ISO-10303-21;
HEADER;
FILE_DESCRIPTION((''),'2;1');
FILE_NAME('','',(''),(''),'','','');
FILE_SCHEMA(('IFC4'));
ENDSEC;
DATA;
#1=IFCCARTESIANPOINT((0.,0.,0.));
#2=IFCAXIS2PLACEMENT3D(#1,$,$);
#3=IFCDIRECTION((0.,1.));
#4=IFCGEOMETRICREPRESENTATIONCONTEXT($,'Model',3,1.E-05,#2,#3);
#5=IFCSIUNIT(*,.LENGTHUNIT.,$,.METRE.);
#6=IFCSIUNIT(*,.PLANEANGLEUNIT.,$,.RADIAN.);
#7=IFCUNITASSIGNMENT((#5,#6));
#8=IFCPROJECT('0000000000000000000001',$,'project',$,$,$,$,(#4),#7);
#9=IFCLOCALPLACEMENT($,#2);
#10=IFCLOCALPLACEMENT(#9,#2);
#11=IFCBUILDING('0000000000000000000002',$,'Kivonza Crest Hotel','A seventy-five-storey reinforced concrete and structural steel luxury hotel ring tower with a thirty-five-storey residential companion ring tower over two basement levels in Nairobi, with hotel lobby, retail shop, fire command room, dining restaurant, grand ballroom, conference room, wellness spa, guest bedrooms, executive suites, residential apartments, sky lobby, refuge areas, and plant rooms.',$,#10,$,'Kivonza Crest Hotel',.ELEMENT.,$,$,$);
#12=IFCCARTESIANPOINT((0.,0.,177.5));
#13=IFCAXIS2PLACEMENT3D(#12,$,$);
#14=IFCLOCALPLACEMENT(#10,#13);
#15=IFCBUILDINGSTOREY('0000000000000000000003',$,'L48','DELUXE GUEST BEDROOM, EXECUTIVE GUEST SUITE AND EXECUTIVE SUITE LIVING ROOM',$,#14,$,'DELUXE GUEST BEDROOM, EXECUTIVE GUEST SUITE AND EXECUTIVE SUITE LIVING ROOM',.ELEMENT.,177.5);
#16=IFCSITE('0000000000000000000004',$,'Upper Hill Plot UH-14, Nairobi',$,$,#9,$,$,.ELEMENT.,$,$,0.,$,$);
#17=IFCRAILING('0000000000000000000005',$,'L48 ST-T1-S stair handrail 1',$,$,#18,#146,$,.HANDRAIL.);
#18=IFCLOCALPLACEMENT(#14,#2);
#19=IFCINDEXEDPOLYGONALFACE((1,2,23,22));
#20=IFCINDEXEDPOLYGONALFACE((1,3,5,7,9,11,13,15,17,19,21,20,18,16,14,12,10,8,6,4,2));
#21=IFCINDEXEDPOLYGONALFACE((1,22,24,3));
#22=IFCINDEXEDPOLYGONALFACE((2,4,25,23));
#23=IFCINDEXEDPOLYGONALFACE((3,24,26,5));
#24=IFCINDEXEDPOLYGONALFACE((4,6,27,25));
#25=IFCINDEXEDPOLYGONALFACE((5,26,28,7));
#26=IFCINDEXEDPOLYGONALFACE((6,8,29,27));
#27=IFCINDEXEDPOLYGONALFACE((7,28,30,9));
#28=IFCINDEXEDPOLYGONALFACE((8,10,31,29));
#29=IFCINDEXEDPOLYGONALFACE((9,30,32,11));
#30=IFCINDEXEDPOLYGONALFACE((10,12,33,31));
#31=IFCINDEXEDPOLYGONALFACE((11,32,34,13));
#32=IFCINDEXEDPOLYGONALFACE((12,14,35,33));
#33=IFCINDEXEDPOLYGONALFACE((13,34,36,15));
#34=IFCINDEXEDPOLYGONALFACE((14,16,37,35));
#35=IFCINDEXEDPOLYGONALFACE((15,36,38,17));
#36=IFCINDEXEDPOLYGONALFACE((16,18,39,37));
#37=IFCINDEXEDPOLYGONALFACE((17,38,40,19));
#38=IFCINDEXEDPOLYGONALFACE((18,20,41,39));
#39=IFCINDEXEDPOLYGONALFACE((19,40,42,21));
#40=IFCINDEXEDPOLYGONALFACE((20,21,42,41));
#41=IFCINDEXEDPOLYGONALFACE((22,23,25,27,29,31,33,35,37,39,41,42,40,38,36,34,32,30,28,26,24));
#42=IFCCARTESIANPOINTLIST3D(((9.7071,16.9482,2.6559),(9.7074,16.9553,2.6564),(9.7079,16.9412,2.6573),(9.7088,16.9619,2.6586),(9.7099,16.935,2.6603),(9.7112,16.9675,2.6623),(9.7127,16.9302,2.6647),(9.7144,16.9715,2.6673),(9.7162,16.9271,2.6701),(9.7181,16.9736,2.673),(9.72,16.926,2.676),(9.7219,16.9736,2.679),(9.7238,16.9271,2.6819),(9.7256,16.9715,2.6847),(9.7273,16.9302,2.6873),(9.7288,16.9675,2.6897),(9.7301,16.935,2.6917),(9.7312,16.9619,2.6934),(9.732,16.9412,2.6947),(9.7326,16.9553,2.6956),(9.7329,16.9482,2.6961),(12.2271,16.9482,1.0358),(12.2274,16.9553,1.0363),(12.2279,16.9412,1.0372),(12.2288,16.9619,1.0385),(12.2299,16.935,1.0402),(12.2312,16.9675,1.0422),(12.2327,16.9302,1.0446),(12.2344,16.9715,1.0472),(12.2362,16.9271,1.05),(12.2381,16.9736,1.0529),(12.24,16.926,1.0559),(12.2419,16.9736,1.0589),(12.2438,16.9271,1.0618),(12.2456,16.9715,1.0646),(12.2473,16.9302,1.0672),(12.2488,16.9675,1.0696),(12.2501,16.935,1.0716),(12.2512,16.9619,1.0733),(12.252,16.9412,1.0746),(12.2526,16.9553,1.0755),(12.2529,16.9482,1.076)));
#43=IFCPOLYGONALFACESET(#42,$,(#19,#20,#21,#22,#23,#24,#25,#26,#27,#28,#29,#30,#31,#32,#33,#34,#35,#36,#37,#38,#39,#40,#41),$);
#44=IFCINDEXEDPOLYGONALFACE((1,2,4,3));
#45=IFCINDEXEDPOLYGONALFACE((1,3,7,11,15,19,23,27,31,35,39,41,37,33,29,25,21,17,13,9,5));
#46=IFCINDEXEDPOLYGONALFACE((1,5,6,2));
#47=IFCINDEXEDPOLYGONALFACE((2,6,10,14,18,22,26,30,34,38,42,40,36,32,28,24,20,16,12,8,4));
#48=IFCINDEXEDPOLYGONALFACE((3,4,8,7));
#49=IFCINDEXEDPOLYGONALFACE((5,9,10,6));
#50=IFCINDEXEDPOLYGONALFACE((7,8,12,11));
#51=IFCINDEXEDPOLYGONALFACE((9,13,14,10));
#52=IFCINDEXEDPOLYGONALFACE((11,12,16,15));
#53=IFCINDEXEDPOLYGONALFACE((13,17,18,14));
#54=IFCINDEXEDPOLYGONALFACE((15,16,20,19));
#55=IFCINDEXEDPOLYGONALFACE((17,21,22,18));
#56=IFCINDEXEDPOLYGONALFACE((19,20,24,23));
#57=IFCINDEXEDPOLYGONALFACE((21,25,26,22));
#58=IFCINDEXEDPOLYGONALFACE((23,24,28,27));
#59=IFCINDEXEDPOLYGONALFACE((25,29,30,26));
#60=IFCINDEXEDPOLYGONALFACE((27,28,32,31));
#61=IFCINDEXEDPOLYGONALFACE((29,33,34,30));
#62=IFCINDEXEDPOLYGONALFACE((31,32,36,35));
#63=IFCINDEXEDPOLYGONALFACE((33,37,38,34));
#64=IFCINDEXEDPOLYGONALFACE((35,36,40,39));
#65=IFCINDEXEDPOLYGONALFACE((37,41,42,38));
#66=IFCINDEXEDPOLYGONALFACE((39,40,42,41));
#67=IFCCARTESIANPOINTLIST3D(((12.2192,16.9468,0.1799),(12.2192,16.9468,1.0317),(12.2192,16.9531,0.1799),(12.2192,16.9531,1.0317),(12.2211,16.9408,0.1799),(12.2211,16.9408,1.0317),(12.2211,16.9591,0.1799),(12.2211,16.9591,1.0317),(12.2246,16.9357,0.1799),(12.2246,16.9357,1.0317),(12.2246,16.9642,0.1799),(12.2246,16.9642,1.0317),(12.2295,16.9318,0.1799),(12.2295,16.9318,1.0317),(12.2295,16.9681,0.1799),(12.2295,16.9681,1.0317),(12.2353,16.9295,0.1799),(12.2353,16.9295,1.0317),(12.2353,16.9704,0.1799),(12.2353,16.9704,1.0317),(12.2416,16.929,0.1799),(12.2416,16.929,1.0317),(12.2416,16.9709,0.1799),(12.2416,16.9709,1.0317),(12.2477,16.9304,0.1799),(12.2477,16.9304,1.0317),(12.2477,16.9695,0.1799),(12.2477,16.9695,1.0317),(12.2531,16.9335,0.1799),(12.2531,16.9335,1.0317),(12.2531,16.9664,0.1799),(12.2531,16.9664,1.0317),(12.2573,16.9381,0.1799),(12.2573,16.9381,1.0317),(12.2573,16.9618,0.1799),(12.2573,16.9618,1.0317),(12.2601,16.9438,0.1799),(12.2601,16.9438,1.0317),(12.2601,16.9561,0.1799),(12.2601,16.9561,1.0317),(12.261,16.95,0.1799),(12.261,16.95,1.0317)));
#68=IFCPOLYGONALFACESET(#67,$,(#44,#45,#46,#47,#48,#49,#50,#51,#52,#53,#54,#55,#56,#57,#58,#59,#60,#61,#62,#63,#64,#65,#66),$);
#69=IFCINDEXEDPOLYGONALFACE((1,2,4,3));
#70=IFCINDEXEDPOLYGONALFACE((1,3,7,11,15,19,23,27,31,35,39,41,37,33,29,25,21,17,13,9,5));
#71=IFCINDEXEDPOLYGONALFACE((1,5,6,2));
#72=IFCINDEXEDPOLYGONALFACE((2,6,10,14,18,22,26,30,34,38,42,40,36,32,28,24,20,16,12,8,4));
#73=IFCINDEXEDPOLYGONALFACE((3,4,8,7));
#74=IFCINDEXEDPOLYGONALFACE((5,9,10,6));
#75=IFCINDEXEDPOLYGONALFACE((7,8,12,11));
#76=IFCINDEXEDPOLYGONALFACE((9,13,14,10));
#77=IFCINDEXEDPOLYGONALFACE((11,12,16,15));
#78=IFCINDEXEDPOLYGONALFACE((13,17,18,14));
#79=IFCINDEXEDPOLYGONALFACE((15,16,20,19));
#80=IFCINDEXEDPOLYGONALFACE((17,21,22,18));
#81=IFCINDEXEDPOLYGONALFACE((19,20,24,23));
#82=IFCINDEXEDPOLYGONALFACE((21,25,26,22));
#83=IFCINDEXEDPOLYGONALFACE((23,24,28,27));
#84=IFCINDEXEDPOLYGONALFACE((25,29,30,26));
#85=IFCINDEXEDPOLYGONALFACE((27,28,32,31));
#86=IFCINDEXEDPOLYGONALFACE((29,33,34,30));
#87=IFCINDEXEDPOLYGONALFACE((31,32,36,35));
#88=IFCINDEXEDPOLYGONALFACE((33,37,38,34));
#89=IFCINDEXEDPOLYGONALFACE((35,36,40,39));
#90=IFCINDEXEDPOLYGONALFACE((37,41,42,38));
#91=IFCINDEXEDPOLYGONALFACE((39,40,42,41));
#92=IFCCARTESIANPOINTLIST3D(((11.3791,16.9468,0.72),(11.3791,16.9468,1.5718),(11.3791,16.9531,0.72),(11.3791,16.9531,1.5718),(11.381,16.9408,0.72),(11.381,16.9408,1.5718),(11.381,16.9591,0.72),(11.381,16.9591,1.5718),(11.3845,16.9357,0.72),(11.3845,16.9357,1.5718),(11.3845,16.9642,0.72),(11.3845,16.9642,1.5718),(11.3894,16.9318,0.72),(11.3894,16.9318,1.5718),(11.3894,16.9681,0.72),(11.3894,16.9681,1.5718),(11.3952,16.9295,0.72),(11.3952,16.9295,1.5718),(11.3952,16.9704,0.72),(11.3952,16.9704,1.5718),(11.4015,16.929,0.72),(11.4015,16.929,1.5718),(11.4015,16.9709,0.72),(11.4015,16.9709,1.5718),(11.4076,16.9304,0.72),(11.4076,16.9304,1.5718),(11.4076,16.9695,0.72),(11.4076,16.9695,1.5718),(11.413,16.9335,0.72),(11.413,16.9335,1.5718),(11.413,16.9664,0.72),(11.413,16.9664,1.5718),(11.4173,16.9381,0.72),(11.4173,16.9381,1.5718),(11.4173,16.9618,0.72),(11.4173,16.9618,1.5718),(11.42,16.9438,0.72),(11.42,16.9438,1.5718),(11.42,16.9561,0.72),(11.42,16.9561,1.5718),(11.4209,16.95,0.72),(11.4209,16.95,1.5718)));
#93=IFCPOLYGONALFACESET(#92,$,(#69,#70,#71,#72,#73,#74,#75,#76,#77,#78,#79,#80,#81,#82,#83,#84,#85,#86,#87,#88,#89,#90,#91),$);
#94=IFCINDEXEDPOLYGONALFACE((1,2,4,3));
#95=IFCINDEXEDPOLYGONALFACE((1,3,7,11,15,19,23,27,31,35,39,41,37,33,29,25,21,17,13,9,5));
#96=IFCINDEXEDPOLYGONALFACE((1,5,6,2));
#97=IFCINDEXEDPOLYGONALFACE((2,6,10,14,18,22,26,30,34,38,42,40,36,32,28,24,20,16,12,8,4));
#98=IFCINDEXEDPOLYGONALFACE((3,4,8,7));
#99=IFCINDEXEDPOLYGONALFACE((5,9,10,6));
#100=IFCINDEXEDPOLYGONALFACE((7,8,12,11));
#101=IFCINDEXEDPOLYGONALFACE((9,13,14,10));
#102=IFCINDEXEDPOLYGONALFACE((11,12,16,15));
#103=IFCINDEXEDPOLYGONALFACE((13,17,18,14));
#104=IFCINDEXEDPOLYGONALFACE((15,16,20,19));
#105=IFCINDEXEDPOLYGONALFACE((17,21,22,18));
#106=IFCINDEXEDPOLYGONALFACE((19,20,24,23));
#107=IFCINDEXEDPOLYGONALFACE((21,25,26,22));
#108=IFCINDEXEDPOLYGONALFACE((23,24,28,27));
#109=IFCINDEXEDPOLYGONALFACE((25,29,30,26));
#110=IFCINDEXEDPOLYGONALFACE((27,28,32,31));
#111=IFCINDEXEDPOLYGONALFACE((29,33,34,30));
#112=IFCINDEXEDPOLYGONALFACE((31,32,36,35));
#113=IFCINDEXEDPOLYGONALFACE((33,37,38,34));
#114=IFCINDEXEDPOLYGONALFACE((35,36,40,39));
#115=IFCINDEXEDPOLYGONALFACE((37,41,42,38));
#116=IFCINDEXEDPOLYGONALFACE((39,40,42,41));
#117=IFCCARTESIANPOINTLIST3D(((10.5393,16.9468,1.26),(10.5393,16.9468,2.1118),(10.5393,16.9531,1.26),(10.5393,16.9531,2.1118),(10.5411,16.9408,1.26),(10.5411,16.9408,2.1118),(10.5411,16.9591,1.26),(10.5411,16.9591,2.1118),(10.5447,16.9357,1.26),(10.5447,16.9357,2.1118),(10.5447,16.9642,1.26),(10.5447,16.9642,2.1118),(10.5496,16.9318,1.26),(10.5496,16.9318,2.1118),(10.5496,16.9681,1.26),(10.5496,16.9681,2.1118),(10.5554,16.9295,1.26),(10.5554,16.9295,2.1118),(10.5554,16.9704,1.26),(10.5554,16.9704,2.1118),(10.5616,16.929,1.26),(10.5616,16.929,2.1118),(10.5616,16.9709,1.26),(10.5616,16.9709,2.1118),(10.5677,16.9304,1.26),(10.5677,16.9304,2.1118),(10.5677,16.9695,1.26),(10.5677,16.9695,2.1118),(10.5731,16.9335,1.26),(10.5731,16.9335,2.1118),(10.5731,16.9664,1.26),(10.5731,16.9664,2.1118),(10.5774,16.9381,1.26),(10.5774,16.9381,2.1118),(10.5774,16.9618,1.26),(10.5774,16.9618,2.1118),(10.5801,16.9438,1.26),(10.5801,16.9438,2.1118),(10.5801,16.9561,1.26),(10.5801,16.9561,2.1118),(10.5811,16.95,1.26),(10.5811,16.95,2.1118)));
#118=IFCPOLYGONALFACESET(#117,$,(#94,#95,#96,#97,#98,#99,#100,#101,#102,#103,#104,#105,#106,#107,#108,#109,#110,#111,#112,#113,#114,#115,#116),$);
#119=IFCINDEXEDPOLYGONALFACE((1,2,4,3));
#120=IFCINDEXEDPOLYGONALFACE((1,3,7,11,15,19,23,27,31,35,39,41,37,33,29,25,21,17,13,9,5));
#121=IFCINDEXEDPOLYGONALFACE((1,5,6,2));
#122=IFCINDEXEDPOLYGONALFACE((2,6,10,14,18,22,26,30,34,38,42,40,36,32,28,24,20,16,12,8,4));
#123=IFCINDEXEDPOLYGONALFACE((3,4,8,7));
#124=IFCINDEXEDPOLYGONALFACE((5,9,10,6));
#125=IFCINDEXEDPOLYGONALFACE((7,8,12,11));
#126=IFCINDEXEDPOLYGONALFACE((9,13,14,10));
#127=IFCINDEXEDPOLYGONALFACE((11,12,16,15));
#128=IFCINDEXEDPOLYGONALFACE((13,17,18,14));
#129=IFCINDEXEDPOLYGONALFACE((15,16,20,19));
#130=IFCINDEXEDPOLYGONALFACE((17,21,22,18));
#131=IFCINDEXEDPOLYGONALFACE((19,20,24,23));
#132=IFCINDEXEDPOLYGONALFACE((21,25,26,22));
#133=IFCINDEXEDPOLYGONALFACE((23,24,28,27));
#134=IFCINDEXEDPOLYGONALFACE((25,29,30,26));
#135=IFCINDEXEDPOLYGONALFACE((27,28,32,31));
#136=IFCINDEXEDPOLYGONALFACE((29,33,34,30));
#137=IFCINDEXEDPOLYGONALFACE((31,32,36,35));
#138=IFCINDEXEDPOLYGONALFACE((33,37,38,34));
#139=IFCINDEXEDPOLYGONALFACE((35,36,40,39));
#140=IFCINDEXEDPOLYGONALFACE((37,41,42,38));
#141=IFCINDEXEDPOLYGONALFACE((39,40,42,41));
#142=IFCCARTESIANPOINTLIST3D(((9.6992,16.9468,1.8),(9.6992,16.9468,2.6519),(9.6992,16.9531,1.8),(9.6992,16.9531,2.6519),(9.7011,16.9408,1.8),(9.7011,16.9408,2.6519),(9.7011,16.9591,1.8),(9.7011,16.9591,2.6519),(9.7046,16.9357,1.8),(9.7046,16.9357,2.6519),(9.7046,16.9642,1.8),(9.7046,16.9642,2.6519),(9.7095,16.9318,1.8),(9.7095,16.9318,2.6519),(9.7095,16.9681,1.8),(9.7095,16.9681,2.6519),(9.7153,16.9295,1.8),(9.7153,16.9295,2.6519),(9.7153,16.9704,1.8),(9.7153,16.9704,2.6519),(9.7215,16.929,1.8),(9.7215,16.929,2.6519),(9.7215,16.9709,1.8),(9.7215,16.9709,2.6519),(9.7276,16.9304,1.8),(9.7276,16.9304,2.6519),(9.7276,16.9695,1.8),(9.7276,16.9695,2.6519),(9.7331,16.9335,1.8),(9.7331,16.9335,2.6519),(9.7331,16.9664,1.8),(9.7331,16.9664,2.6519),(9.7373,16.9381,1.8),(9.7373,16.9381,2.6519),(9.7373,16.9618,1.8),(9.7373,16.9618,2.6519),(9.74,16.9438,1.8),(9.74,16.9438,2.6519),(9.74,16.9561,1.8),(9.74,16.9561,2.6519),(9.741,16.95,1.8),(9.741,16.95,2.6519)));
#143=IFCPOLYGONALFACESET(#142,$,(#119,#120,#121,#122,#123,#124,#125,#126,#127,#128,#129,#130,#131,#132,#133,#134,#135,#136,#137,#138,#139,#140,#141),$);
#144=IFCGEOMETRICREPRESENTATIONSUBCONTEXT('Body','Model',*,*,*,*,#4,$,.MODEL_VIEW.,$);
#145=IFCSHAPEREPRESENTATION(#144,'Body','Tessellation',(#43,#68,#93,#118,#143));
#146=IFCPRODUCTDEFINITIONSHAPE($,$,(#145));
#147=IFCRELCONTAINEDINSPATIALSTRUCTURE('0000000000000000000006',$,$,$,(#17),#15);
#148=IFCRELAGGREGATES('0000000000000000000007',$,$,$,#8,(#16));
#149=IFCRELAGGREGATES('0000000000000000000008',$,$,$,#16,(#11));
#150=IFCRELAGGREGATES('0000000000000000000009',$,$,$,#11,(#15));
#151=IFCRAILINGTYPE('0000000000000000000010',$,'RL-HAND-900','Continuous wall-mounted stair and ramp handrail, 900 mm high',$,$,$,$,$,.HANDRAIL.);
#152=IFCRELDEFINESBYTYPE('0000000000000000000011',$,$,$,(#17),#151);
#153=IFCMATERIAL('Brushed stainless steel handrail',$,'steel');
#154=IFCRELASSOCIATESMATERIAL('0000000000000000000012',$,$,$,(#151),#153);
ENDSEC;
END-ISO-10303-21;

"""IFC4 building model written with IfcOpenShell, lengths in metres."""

from ifc_helpers import new_model, si_unit, direction, frame, origin, origin_2d, place, context, subcontext, project, spatial, circle, extrude, material, type_object, element, save


model = new_model("IFC4")

# Units and contexts
model_context = context("Model", 3, precision=1e-05, world=origin(), true_north=direction((0.0, 1.0)))
body_context = subcontext(model_context, "Body", "Model", "MODEL_VIEW")
ifc_project = project(units=[si_unit("LENGTHUNIT", "METRE"), si_unit("PLANEANGLEUNIT", "RADIAN")], contexts=[model_context])

# Site, building, storey
site_placement = place(None, origin())
site = spatial("IfcSite", under=ifc_project, at=site_placement, Name="Upper Hill Plot UH-14, Nairobi", CompositionType="ELEMENT", RefElevation=0.0)
building_placement = place(site_placement, origin())
building = spatial("IfcBuilding", under=site, at=building_placement, Name="Kivonza Crest Hotel", Description="A seventy-five-storey reinforced concrete and structural steel luxury hotel ring tower with a thirty-five-storey residential companion ring tower over two basement levels in Nairobi, with hotel lobby, retail shop, fire command room, dining restaurant, grand ballroom, conference room, wellness spa, guest bedrooms, executive suites, residential apartments, sky lobby, refuge areas, and plant rooms.", LongName="Kivonza Crest Hotel", CompositionType="ELEMENT")
storey_placement = place(building_placement, frame((0.0, 0.0, 177.5)))
storey = spatial("IfcBuildingStorey", under=building, at=storey_placement, Name="L48", Description="DELUXE GUEST BEDROOM, EXECUTIVE GUEST SUITE AND EXECUTIVE SUITE LIVING ROOM", LongName="DELUXE GUEST BEDROOM, EXECUTIVE GUEST SUITE AND EXECUTIVE SUITE LIVING ROOM", CompositionType="ELEMENT", Elevation=177.5)

# Railing
ifc_material_1 = material(Name="Brushed stainless steel handrail", Category="steel")
railing_type_1 = type_object("IfcRailingType", Name="RL-HAND-900", Description="Continuous wall-mounted stair and ramp handrail, 900 mm high", PredefinedType="HANDRAIL", material=ifc_material_1)
railing_1_placement = place(storey_placement, frame((12.24, 16.95, 0.1799)))
element("IfcRailing", 1, at=railing_1_placement, inside=storey, type_object=railing_type_1, Name="L48 ST-T1-S stair handrail 1", PredefinedType="HANDRAIL", context=body_context, shape_type="SweptSolid", body=[
    extrude(circle(Radius=0.0239, at=origin_2d()), frame((0.0, 0.0, 0.876), z_axis=(-0.841163, 0.0, 0.540782), x_axis=(0.0, -1.0, 0.0)), (0.0, 0.0, 1.0), 2.9958),
    extrude(circle(Radius=0.021, at=origin_2d()), origin(), (0.0, 0.0, 1.0), 0.8518),
    extrude(circle(Radius=0.021, at=origin_2d()), frame((-0.8401, 0.0, 0.54)), (0.0, 0.0, 1.0), 0.8518),
    extrude(circle(Radius=0.021, at=origin_2d()), frame((-1.6799, 0.0, 1.0801)), (0.0, 0.0, 1.0), 0.8518),
    extrude(circle(Radius=0.021, at=origin_2d()), frame((-2.52, 0.0, 1.6201)), (0.0, 0.0, 1.0), 0.8518),
])

save(model, "model.ifc")
